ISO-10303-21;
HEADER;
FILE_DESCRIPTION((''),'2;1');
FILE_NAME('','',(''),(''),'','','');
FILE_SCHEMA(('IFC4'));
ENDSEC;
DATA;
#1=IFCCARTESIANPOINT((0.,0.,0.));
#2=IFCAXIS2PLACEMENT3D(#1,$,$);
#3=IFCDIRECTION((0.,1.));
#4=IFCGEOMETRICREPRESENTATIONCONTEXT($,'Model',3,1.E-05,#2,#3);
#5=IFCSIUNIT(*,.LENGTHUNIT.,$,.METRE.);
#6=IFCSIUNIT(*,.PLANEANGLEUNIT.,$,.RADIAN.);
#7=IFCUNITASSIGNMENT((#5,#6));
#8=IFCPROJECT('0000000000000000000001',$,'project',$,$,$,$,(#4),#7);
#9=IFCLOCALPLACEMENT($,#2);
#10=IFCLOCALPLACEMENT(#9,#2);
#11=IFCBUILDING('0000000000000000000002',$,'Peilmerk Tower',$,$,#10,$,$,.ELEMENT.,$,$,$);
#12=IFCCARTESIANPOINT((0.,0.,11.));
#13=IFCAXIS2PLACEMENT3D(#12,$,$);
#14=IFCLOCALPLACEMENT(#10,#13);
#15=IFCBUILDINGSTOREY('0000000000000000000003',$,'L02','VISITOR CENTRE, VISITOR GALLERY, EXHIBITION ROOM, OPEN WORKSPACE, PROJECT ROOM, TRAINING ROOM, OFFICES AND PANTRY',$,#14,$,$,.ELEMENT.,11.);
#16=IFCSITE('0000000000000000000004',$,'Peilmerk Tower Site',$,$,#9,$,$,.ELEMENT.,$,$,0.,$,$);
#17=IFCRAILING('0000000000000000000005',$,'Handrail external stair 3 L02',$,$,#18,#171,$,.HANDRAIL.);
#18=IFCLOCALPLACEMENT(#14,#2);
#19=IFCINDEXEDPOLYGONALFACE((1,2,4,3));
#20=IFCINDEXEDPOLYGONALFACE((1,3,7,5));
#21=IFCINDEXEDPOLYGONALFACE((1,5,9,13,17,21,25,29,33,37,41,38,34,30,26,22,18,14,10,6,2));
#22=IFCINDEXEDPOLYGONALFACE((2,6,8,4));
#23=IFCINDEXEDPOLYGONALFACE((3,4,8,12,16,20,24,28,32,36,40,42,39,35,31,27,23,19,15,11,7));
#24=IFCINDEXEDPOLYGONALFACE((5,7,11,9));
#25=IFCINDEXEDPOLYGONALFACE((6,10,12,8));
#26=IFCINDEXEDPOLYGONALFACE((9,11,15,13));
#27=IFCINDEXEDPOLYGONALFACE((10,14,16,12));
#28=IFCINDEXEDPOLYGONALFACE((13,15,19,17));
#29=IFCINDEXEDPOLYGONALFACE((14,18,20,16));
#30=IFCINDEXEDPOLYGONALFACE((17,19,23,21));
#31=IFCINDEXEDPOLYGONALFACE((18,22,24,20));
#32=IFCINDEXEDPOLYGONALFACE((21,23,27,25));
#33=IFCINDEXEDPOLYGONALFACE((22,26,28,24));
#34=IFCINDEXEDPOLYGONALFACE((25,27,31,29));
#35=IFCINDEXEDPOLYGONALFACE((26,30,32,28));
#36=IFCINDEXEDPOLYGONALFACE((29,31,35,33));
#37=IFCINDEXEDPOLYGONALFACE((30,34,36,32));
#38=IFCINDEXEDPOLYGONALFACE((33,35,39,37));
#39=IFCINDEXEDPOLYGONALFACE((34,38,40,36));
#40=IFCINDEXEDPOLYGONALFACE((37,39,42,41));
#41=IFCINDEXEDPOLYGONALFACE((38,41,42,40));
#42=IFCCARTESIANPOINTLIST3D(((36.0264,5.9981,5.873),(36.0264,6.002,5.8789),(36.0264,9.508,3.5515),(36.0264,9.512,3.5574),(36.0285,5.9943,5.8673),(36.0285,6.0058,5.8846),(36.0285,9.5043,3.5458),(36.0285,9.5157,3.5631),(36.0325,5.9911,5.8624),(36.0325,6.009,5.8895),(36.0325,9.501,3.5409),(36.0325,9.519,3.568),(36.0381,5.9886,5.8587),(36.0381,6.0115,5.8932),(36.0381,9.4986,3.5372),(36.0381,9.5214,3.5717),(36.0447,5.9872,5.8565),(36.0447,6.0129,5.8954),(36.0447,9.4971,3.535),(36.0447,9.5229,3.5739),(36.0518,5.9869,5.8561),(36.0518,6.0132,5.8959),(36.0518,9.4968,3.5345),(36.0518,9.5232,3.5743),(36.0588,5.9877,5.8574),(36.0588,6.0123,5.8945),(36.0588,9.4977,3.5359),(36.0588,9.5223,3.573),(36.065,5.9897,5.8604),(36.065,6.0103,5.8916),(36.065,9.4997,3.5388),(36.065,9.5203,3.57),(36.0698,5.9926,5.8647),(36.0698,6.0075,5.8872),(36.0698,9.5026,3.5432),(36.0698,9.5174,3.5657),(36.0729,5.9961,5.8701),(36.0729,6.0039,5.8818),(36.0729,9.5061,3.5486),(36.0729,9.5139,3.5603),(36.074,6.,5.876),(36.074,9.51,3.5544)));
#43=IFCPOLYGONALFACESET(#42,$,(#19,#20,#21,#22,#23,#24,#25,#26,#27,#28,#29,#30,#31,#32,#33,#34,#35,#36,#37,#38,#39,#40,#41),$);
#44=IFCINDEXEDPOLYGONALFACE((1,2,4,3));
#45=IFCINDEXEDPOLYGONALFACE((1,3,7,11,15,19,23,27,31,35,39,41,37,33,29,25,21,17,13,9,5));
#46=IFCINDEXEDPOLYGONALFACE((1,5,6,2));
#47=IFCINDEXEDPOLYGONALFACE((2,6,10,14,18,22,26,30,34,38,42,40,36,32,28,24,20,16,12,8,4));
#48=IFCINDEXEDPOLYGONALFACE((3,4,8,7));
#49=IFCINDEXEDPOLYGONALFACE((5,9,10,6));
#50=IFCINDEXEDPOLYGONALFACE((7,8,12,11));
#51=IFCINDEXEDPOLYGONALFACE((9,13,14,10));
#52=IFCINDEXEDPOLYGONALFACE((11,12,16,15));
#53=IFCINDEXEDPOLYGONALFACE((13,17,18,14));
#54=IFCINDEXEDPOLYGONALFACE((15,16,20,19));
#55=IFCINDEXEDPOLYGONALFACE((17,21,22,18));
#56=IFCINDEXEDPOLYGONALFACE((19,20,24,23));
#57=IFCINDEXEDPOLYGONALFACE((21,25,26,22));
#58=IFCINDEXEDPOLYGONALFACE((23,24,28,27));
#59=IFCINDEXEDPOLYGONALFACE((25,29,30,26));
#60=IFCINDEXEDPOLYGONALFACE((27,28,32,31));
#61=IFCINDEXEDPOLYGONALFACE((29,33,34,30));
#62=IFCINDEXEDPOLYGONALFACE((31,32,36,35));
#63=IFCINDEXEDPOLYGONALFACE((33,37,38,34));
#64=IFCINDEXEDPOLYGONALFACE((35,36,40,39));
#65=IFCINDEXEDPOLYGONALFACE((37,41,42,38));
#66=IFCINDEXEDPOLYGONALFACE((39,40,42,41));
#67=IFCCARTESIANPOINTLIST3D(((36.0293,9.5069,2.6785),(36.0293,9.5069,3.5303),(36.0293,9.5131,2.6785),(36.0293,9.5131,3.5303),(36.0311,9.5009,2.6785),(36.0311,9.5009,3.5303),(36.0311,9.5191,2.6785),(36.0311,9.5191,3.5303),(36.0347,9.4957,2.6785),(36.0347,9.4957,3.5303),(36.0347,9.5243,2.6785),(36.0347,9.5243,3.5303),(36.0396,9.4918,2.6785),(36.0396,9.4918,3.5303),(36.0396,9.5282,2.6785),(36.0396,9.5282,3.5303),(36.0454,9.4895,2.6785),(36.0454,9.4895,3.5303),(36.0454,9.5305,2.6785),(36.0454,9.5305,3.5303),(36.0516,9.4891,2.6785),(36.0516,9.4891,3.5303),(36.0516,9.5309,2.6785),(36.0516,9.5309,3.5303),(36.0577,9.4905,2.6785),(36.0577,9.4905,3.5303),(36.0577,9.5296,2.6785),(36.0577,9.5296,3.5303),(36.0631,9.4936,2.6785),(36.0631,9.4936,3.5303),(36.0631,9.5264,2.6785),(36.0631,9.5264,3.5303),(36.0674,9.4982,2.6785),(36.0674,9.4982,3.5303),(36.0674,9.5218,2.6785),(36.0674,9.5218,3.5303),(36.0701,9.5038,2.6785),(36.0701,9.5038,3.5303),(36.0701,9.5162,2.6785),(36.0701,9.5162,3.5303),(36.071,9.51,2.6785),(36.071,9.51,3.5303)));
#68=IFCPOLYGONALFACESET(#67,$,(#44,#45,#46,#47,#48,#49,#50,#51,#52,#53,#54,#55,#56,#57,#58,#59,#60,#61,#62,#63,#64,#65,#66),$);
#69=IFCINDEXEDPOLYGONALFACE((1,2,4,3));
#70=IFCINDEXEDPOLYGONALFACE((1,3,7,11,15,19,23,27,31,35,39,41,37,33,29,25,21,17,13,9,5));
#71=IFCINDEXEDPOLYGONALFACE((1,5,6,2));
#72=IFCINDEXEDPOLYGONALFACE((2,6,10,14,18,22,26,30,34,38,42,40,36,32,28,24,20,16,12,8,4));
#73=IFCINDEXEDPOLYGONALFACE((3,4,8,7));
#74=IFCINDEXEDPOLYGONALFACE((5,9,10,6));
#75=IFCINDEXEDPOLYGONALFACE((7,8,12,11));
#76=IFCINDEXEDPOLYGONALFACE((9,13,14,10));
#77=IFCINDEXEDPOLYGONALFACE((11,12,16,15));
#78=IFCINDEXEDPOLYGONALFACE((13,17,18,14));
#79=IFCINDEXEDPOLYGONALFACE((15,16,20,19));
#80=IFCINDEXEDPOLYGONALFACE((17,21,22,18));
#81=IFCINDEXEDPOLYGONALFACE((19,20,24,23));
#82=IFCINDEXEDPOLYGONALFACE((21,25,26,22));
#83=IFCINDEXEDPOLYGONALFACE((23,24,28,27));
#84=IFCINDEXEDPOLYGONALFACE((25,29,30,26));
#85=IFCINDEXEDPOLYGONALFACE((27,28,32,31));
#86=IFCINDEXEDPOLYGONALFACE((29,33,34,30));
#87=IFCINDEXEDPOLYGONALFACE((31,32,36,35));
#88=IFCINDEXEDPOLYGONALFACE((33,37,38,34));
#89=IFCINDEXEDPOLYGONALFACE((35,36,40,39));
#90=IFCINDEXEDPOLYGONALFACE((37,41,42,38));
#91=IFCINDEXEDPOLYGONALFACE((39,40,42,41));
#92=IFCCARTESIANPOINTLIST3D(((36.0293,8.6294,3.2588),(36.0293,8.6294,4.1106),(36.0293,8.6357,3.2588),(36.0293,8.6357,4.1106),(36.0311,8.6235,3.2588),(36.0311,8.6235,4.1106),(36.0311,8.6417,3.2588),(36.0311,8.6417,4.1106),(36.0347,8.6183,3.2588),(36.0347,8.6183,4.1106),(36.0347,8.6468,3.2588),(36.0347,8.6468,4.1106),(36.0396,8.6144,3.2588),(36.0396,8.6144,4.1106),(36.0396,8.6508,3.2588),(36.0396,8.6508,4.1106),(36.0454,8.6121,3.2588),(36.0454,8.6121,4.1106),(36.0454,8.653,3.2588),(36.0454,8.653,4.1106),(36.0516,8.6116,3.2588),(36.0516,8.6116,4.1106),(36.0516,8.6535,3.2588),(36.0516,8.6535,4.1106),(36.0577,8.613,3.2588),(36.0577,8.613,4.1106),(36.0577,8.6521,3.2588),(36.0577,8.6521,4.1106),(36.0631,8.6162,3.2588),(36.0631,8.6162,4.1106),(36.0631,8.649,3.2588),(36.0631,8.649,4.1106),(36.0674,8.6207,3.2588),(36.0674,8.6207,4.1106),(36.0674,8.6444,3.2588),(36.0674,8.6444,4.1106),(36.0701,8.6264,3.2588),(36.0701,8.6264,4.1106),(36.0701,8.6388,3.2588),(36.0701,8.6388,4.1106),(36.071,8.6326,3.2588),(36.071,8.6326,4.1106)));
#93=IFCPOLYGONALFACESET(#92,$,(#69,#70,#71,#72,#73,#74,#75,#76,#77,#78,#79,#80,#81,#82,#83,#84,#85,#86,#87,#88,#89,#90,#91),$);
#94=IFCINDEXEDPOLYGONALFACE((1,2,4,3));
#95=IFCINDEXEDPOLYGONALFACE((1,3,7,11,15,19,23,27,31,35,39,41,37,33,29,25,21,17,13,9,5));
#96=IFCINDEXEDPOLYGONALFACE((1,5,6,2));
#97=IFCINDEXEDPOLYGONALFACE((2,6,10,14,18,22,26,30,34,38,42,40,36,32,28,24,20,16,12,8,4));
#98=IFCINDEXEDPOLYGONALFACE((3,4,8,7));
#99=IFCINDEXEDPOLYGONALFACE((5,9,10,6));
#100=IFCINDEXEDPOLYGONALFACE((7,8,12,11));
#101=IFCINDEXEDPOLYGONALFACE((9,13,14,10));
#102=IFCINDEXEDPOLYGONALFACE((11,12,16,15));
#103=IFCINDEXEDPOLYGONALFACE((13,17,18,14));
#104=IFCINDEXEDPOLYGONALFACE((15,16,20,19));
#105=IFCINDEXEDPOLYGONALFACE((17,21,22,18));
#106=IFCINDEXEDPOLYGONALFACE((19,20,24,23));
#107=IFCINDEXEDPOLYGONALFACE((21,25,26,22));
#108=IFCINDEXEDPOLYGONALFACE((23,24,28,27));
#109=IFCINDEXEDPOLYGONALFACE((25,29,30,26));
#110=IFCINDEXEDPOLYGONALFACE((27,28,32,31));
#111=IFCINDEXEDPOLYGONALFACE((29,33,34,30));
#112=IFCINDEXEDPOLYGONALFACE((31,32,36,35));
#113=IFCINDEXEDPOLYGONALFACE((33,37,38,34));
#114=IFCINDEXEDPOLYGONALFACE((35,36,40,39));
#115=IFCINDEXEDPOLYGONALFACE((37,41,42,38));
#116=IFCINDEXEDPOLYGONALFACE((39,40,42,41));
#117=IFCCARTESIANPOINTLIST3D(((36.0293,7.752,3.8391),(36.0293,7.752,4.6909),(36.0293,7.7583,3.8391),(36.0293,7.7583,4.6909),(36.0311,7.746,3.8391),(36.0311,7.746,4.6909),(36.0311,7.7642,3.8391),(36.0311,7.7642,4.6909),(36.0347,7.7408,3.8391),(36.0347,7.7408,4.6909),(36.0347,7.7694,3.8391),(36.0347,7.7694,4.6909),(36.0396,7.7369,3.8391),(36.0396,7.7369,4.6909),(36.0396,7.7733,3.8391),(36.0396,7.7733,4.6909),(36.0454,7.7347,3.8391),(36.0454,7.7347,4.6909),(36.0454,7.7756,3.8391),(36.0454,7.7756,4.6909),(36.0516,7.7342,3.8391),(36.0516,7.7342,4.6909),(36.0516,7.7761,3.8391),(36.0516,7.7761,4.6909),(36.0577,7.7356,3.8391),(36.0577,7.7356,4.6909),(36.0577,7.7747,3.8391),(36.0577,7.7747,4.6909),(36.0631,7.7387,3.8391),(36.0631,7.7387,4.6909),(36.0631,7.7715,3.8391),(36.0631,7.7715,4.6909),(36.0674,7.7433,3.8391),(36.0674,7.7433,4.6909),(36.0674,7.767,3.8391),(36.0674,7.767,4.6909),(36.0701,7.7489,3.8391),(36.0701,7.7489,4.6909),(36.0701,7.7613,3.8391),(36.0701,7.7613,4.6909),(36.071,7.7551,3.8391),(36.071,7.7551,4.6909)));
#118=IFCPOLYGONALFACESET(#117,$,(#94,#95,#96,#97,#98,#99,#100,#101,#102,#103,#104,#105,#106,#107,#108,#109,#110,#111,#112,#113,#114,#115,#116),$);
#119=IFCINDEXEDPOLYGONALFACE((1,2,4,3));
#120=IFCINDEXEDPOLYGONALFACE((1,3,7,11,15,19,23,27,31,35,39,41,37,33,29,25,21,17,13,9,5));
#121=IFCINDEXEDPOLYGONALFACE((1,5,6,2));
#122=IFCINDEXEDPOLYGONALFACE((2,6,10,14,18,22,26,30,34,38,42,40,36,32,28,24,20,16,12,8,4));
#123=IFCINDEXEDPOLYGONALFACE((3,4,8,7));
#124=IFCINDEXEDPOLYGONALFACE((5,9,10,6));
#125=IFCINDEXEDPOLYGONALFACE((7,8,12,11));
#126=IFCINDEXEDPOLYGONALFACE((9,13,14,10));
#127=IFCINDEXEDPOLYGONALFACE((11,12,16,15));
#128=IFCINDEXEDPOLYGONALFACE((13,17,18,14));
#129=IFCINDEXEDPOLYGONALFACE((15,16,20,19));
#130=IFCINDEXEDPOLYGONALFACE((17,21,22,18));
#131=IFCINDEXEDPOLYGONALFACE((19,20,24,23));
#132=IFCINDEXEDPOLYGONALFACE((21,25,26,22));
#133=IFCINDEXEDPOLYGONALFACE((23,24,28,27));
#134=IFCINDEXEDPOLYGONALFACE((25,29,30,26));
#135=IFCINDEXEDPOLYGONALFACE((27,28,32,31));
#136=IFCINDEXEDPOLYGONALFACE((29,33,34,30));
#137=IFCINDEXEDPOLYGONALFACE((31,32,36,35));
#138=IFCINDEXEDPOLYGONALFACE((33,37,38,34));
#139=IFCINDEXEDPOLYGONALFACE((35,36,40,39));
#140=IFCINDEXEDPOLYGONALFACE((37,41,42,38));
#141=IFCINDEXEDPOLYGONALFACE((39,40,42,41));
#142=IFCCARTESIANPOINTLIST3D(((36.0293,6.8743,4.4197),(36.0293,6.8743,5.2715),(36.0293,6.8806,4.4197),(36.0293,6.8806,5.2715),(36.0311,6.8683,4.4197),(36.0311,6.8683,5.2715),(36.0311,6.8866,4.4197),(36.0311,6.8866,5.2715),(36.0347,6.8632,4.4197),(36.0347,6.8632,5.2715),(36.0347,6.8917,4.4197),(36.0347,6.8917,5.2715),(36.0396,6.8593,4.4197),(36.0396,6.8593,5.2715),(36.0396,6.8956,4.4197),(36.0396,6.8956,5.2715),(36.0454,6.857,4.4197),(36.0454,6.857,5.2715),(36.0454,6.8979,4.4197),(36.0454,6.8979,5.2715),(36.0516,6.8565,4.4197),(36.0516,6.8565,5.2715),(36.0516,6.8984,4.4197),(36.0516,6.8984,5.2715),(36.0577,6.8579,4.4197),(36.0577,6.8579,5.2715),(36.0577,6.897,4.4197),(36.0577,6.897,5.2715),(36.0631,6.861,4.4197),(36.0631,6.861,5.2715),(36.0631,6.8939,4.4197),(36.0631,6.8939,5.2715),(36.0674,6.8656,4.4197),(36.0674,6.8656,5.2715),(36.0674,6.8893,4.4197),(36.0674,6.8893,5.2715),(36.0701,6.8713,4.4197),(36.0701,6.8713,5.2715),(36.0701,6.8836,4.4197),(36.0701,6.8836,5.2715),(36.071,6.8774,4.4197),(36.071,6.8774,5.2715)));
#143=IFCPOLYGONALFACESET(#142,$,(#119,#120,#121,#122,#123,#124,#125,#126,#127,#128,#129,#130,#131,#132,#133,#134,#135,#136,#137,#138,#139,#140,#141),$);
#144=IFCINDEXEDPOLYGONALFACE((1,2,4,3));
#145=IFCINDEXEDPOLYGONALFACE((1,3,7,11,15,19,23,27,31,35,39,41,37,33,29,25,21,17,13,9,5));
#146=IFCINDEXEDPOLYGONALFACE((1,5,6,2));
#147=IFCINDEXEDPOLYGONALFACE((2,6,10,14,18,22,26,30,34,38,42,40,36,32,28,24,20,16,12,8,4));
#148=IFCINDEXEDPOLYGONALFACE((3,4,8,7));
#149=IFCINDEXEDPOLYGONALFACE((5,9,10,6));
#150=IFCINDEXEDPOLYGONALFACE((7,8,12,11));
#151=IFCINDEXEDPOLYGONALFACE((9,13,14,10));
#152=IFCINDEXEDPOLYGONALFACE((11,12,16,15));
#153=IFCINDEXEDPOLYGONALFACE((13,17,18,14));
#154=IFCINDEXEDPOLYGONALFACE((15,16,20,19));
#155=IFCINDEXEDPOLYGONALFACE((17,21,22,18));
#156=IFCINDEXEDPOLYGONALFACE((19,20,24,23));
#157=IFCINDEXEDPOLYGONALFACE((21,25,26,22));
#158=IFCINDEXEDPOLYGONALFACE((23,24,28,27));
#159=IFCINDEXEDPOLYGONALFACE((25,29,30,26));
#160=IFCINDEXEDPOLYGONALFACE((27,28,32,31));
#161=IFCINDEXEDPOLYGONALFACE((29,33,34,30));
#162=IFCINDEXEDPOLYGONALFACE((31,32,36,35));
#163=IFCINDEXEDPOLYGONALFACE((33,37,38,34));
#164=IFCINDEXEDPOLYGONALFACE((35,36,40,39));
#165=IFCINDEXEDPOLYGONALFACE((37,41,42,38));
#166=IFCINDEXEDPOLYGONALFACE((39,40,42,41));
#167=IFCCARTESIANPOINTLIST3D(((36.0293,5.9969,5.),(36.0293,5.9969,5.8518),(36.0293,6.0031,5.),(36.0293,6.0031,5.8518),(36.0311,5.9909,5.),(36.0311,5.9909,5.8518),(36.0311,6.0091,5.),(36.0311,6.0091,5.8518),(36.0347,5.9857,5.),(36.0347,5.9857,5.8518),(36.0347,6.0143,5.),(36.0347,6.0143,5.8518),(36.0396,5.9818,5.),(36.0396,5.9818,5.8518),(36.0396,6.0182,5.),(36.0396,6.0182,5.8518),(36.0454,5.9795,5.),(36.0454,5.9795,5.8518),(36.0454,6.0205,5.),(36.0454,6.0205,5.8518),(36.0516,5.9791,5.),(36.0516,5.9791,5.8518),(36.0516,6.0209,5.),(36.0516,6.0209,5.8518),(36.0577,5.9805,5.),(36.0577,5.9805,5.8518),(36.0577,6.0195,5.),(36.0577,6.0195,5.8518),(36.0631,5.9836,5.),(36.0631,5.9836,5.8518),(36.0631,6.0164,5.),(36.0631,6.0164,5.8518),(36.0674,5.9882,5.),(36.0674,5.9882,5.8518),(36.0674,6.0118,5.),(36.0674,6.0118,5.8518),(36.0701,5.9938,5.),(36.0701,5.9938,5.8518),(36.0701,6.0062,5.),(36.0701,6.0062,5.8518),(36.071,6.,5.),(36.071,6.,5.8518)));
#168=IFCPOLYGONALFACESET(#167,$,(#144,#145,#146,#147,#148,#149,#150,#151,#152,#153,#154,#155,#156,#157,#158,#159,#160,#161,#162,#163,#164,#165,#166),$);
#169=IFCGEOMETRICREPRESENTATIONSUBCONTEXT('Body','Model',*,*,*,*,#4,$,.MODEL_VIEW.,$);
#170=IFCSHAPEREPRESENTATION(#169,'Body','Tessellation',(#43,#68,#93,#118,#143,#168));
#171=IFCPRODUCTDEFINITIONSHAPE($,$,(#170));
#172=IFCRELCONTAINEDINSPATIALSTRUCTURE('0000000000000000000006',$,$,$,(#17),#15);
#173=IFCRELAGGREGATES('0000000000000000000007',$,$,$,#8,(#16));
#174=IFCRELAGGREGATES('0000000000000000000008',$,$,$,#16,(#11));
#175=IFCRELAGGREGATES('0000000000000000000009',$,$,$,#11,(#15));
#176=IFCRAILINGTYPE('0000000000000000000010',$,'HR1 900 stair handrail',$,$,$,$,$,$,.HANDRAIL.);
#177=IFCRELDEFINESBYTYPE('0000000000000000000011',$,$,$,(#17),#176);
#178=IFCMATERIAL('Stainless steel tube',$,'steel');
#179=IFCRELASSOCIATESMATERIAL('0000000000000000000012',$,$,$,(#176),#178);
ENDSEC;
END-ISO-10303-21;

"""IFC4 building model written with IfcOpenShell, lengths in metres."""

from ifc_helpers import new_model, si_unit, direction, frame, origin, origin_2d, place, context, subcontext, project, spatial, circle, extrude, material, type_object, element, save


model = new_model("IFC4")

# Units and contexts
model_context = context("Model", 3, precision=1e-05, world=origin(), true_north=direction((0.0, 1.0)))
body_context = subcontext(model_context, "Body", "Model", "MODEL_VIEW")
ifc_project = project(units=[si_unit("LENGTHUNIT", "METRE"), si_unit("PLANEANGLEUNIT", "RADIAN")], contexts=[model_context])

# Site, building, storey
site_placement = place(None, origin())
site = spatial("IfcSite", under=ifc_project, at=site_placement, Name="Peilmerk Tower Site", CompositionType="ELEMENT", RefElevation=0.0)
building_placement = place(site_placement, origin())
building = spatial("IfcBuilding", under=site, at=building_placement, Name="Peilmerk Tower", CompositionType="ELEMENT")
storey_placement = place(building_placement, frame((0.0, 0.0, 11.0)))
storey = spatial("IfcBuildingStorey", under=building, at=storey_placement, Name="L02", Description="VISITOR CENTRE, VISITOR GALLERY, EXHIBITION ROOM, OPEN WORKSPACE, PROJECT ROOM, TRAINING ROOM, OFFICES AND PANTRY", CompositionType="ELEMENT", Elevation=11.0)

# Railing
ifc_material_1 = material(Name="Stainless steel tube", Category="steel")
railing_type_1 = type_object("IfcRailingType", Name="HR1 900 stair handrail", PredefinedType="HANDRAIL", material=ifc_material_1)
railing_1_placement = place(storey_placement, frame((36.05, 9.51, 2.6785)))
element("IfcRailing", 1, at=railing_1_placement, inside=storey, type_object=railing_type_1, Name="Handrail external stair 3 L02", PredefinedType="HANDRAIL", context=body_context, shape_type="SweptSolid", body=[
    extrude(circle(Radius=0.0239, at=origin_2d()), frame((0.0, 0.0, 0.876), z_axis=(0.0, -0.834071, 0.551657), x_axis=(1.0, 0.0, 0.0)), (0.0, 0.0, 1.0), 4.2083),
    extrude(circle(Radius=0.021, at=origin_2d()), origin(), (0.0, 0.0, 1.0), 0.8518),
    extrude(circle(Radius=0.021, at=origin_2d()), frame((0.0, -0.8774, 0.5803)), (0.0, 0.0, 1.0), 0.8518),
    extrude(circle(Radius=0.021, at=origin_2d()), frame((0.0, -1.7549, 1.1606)), (0.0, 0.0, 1.0), 0.8518),
    extrude(circle(Radius=0.021, at=origin_2d()), frame((0.0, -2.6326, 1.7412)), (0.0, 0.0, 1.0), 0.8518),
    extrude(circle(Radius=0.021, at=origin_2d()), frame((0.0, -3.51, 2.3215)), (0.0, 0.0, 1.0), 0.8518),
])

save(model, "model.ifc")
